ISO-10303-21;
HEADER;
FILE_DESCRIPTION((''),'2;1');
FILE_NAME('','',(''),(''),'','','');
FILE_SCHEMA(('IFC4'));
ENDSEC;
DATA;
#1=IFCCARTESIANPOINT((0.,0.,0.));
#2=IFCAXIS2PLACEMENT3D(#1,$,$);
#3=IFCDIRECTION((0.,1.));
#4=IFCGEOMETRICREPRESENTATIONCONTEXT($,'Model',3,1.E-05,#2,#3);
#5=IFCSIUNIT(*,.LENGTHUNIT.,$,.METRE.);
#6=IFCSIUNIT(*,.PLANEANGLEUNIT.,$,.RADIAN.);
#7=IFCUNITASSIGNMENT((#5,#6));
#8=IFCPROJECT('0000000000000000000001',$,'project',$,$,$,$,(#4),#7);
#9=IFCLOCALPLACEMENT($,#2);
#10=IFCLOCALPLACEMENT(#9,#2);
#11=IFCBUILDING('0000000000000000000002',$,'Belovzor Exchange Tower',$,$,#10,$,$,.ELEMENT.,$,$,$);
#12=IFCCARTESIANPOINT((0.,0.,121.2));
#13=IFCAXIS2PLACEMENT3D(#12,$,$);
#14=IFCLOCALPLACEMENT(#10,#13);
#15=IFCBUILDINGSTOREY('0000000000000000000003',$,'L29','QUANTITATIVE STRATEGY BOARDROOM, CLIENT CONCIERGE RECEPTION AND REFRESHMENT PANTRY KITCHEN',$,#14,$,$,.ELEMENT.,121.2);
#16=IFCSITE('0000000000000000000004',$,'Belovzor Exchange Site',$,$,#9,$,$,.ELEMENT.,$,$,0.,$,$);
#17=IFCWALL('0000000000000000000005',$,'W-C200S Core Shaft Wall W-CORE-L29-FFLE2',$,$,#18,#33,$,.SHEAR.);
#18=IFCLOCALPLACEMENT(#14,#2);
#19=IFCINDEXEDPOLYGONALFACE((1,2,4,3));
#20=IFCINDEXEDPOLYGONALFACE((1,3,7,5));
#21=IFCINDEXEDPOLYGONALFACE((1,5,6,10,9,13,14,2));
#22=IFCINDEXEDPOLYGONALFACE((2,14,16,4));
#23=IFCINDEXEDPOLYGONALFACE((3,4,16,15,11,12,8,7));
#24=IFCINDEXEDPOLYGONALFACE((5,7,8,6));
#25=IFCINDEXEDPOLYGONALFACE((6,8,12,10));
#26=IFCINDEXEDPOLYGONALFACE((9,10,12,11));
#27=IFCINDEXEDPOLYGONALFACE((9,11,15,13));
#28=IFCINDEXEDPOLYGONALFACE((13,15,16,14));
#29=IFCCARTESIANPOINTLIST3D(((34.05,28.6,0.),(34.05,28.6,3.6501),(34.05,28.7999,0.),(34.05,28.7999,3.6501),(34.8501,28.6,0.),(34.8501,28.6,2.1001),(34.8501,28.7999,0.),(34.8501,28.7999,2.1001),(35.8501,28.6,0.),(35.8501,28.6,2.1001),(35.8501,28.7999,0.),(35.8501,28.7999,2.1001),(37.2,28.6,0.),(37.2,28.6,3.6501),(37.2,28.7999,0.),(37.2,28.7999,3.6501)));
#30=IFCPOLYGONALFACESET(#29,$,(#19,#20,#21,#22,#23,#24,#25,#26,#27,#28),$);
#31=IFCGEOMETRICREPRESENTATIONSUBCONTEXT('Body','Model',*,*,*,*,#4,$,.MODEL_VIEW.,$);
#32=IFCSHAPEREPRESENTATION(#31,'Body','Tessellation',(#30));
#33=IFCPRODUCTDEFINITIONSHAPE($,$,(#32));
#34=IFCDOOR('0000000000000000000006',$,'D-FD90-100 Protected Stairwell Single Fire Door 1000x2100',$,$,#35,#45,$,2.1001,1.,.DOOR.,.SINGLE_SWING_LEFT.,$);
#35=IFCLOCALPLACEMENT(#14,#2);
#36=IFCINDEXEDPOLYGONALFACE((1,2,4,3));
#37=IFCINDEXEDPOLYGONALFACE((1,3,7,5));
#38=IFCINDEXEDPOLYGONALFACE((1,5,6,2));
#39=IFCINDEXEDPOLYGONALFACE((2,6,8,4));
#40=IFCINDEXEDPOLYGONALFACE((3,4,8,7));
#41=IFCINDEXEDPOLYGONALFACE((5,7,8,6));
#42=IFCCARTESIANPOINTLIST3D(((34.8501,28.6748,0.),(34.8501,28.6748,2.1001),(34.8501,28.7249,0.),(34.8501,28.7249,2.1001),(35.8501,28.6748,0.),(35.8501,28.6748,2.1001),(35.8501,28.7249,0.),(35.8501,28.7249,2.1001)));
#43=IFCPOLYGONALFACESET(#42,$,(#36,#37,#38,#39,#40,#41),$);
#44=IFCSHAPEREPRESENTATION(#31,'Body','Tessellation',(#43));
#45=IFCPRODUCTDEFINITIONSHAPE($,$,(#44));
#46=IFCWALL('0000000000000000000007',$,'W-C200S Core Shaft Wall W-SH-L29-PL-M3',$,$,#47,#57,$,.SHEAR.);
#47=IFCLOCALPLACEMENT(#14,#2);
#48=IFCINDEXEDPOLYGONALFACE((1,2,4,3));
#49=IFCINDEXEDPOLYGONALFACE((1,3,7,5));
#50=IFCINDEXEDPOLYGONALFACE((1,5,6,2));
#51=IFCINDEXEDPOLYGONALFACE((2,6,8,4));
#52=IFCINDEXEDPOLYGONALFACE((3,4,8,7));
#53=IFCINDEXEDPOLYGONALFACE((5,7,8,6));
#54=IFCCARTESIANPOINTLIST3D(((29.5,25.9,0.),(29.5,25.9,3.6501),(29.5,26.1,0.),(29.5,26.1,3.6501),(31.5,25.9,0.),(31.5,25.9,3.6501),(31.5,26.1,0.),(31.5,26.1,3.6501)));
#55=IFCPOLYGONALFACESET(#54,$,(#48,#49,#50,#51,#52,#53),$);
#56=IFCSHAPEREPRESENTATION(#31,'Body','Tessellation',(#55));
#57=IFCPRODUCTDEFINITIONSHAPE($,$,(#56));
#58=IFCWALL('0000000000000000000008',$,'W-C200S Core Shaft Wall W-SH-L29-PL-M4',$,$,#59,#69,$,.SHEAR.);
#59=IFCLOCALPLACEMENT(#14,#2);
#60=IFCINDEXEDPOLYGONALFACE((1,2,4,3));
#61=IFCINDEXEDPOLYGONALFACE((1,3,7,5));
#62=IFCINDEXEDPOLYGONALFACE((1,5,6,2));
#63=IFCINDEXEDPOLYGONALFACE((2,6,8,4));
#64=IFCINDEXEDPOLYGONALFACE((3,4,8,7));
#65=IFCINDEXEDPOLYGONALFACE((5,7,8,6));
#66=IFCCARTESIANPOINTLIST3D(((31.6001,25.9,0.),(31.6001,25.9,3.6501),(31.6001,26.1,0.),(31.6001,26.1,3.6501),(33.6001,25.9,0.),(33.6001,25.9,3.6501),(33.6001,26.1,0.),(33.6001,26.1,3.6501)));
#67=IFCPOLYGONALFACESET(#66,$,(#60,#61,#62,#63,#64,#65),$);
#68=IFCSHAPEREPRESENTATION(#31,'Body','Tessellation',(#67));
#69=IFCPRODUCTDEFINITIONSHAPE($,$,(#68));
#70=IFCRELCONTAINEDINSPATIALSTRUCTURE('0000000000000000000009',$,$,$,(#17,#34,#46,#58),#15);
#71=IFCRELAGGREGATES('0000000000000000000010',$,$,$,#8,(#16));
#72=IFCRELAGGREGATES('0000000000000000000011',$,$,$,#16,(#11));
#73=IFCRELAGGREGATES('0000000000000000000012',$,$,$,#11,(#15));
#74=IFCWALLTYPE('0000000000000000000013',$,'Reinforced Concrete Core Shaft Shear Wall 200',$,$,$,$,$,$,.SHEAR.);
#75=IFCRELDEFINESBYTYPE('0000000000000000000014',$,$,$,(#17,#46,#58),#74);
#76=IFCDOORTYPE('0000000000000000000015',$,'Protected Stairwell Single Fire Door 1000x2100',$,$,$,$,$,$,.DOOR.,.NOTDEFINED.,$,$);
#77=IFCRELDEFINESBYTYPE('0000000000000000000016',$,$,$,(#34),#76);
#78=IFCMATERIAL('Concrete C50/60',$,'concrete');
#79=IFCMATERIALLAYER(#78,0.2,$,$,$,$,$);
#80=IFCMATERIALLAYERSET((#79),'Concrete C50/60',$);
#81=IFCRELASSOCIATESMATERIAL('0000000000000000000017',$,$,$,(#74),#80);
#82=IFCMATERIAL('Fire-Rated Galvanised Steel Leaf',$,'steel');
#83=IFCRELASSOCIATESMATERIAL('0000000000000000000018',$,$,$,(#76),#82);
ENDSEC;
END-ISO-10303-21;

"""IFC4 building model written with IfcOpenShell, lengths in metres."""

from ifc_helpers import new_model, si_unit, direction, frame, frame_2d, origin, place, context, subcontext, project, spatial, rectangle, extrude, material, layer, layer_set, type_object, element, fill, save


model = new_model("IFC4")

# Units and contexts
model_context = context("Model", 3, precision=1e-05, world=origin(), true_north=direction((0.0, 1.0)))
body_context = subcontext(model_context, "Body", "Model", "MODEL_VIEW")
ifc_project = project(units=[si_unit("LENGTHUNIT", "METRE"), si_unit("PLANEANGLEUNIT", "RADIAN")], contexts=[model_context])

# Site, building, storey
site_placement = place(None, origin())
site = spatial("IfcSite", under=ifc_project, at=site_placement, Name="Belovzor Exchange Site", CompositionType="ELEMENT", RefElevation=0.0)
building_placement = place(site_placement, origin())
building = spatial("IfcBuilding", under=site, at=building_placement, Name="Belovzor Exchange Tower", CompositionType="ELEMENT")
storey_placement = place(building_placement, frame((0.0, 0.0, 121.2)))
storey = spatial("IfcBuildingStorey", under=building, at=storey_placement, Name="L29", Description="QUANTITATIVE STRATEGY BOARDROOM, CLIENT CONCIERGE RECEPTION AND REFRESHMENT PANTRY KITCHEN", CompositionType="ELEMENT", Elevation=121.2)

# Wall, opening, door
ifc_material_1 = material(Name="Concrete C50/60", Category="concrete")
ifc_layer_1 = layer(ifc_material_1, 0.2)
ifc_layer_set_1 = layer_set([ifc_layer_1], Name="Concrete C50/60")
wall_type_1 = type_object("IfcWallType", Name="Reinforced Concrete Core Shaft Shear Wall 200", PredefinedType="SHEAR", material=ifc_layer_set_1)
wall_1_placement = place(storey_placement, frame((34.05, 28.7, 0.0), z_axis=(0.0, 0.0, 1.0), x_axis=(1.0, 0.0, 0.0)))
wall_1 = element("IfcWall", 1, at=wall_1_placement, inside=storey, type_object=wall_type_1, Name="W-C200S Core Shaft Wall W-CORE-L29-FFLE2", PredefinedType="SHEAR", context=body_context, shape_type="SweptSolid", body=[
    extrude(rectangle(XDim=3.1499, YDim=0.2, at=frame_2d((1.575, 0.0))), origin(), (0.0, 0.0, 1.0), 3.6501),
])
opening_1_placement = place(wall_1_placement, frame((0.8, 0.0, 0.0)))
opening_1 = element("IfcOpeningElement", 2, at=opening_1_placement, cuts=wall_1, PredefinedType="OPENING", context=body_context, shape_type="SweptSolid", body=[
    extrude(rectangle(XDim=1.0, YDim=2.1001, at=frame_2d((0.5, 1.05))), frame((0.0, 0.1099, 0.0), z_axis=(0.0, -1.0, 0.0), x_axis=(1.0, 0.0, 0.0)), (0.0, 0.0, 1.0), 0.22),
])
ifc_material_2 = material(Name="Fire-Rated Galvanised Steel Leaf", Category="steel")
door_type_1 = type_object("IfcDoorType", Name="Protected Stairwell Single Fire Door 1000x2100", OperationType="NOTDEFINED", PredefinedType="DOOR", material=ifc_material_2)
door_1_placement = place(opening_1_placement, origin())
door_1 = element("IfcDoor", 3, at=door_1_placement, inside=storey, type_object=door_type_1, Name="D-FD90-100 Protected Stairwell Single Fire Door 1000x2100", OperationType="SINGLE_SWING_LEFT", OverallHeight=2.1001, OverallWidth=1.0, PredefinedType="DOOR", context=body_context, shape_type="SweptSolid", body=[
    extrude(rectangle(XDim=1.0, YDim=2.1001, at=frame_2d((0.5, 1.05))), frame((0.0, 0.0249, 0.0), z_axis=(0.0, -1.0, 0.0), x_axis=(1.0, 0.0, 0.0)), (0.0, 0.0, 1.0), 0.05),
])
fill(opening_1, door_1)

# Walls
for number, where, z_axis, x_axis, name in (
    (4, (29.5, 26.0, 0.0), (0.0, 0.0, 1.0), (1.0, 0.0, 0.0), "W-C200S Core Shaft Wall W-SH-L29-PL-M3"),
    (5, (31.6001, 26.0, 0.0), (0.0, 0.0, 1.0), (1.0, 0.0, 0.0), "W-C200S Core Shaft Wall W-SH-L29-PL-M4"),
):
    element("IfcWall", number, at=place(storey_placement, frame(where, z_axis=z_axis, x_axis=x_axis)), inside=storey, type_object=wall_type_1, Name=name, PredefinedType="SHEAR", context=body_context, shape_type="SweptSolid", body=[
        extrude(rectangle(XDim=2.0, YDim=0.2, at=frame_2d((1.0, 0.0))), origin(), (0.0, 0.0, 1.0), 3.6501),
    ])

save(model, "model.ifc")
